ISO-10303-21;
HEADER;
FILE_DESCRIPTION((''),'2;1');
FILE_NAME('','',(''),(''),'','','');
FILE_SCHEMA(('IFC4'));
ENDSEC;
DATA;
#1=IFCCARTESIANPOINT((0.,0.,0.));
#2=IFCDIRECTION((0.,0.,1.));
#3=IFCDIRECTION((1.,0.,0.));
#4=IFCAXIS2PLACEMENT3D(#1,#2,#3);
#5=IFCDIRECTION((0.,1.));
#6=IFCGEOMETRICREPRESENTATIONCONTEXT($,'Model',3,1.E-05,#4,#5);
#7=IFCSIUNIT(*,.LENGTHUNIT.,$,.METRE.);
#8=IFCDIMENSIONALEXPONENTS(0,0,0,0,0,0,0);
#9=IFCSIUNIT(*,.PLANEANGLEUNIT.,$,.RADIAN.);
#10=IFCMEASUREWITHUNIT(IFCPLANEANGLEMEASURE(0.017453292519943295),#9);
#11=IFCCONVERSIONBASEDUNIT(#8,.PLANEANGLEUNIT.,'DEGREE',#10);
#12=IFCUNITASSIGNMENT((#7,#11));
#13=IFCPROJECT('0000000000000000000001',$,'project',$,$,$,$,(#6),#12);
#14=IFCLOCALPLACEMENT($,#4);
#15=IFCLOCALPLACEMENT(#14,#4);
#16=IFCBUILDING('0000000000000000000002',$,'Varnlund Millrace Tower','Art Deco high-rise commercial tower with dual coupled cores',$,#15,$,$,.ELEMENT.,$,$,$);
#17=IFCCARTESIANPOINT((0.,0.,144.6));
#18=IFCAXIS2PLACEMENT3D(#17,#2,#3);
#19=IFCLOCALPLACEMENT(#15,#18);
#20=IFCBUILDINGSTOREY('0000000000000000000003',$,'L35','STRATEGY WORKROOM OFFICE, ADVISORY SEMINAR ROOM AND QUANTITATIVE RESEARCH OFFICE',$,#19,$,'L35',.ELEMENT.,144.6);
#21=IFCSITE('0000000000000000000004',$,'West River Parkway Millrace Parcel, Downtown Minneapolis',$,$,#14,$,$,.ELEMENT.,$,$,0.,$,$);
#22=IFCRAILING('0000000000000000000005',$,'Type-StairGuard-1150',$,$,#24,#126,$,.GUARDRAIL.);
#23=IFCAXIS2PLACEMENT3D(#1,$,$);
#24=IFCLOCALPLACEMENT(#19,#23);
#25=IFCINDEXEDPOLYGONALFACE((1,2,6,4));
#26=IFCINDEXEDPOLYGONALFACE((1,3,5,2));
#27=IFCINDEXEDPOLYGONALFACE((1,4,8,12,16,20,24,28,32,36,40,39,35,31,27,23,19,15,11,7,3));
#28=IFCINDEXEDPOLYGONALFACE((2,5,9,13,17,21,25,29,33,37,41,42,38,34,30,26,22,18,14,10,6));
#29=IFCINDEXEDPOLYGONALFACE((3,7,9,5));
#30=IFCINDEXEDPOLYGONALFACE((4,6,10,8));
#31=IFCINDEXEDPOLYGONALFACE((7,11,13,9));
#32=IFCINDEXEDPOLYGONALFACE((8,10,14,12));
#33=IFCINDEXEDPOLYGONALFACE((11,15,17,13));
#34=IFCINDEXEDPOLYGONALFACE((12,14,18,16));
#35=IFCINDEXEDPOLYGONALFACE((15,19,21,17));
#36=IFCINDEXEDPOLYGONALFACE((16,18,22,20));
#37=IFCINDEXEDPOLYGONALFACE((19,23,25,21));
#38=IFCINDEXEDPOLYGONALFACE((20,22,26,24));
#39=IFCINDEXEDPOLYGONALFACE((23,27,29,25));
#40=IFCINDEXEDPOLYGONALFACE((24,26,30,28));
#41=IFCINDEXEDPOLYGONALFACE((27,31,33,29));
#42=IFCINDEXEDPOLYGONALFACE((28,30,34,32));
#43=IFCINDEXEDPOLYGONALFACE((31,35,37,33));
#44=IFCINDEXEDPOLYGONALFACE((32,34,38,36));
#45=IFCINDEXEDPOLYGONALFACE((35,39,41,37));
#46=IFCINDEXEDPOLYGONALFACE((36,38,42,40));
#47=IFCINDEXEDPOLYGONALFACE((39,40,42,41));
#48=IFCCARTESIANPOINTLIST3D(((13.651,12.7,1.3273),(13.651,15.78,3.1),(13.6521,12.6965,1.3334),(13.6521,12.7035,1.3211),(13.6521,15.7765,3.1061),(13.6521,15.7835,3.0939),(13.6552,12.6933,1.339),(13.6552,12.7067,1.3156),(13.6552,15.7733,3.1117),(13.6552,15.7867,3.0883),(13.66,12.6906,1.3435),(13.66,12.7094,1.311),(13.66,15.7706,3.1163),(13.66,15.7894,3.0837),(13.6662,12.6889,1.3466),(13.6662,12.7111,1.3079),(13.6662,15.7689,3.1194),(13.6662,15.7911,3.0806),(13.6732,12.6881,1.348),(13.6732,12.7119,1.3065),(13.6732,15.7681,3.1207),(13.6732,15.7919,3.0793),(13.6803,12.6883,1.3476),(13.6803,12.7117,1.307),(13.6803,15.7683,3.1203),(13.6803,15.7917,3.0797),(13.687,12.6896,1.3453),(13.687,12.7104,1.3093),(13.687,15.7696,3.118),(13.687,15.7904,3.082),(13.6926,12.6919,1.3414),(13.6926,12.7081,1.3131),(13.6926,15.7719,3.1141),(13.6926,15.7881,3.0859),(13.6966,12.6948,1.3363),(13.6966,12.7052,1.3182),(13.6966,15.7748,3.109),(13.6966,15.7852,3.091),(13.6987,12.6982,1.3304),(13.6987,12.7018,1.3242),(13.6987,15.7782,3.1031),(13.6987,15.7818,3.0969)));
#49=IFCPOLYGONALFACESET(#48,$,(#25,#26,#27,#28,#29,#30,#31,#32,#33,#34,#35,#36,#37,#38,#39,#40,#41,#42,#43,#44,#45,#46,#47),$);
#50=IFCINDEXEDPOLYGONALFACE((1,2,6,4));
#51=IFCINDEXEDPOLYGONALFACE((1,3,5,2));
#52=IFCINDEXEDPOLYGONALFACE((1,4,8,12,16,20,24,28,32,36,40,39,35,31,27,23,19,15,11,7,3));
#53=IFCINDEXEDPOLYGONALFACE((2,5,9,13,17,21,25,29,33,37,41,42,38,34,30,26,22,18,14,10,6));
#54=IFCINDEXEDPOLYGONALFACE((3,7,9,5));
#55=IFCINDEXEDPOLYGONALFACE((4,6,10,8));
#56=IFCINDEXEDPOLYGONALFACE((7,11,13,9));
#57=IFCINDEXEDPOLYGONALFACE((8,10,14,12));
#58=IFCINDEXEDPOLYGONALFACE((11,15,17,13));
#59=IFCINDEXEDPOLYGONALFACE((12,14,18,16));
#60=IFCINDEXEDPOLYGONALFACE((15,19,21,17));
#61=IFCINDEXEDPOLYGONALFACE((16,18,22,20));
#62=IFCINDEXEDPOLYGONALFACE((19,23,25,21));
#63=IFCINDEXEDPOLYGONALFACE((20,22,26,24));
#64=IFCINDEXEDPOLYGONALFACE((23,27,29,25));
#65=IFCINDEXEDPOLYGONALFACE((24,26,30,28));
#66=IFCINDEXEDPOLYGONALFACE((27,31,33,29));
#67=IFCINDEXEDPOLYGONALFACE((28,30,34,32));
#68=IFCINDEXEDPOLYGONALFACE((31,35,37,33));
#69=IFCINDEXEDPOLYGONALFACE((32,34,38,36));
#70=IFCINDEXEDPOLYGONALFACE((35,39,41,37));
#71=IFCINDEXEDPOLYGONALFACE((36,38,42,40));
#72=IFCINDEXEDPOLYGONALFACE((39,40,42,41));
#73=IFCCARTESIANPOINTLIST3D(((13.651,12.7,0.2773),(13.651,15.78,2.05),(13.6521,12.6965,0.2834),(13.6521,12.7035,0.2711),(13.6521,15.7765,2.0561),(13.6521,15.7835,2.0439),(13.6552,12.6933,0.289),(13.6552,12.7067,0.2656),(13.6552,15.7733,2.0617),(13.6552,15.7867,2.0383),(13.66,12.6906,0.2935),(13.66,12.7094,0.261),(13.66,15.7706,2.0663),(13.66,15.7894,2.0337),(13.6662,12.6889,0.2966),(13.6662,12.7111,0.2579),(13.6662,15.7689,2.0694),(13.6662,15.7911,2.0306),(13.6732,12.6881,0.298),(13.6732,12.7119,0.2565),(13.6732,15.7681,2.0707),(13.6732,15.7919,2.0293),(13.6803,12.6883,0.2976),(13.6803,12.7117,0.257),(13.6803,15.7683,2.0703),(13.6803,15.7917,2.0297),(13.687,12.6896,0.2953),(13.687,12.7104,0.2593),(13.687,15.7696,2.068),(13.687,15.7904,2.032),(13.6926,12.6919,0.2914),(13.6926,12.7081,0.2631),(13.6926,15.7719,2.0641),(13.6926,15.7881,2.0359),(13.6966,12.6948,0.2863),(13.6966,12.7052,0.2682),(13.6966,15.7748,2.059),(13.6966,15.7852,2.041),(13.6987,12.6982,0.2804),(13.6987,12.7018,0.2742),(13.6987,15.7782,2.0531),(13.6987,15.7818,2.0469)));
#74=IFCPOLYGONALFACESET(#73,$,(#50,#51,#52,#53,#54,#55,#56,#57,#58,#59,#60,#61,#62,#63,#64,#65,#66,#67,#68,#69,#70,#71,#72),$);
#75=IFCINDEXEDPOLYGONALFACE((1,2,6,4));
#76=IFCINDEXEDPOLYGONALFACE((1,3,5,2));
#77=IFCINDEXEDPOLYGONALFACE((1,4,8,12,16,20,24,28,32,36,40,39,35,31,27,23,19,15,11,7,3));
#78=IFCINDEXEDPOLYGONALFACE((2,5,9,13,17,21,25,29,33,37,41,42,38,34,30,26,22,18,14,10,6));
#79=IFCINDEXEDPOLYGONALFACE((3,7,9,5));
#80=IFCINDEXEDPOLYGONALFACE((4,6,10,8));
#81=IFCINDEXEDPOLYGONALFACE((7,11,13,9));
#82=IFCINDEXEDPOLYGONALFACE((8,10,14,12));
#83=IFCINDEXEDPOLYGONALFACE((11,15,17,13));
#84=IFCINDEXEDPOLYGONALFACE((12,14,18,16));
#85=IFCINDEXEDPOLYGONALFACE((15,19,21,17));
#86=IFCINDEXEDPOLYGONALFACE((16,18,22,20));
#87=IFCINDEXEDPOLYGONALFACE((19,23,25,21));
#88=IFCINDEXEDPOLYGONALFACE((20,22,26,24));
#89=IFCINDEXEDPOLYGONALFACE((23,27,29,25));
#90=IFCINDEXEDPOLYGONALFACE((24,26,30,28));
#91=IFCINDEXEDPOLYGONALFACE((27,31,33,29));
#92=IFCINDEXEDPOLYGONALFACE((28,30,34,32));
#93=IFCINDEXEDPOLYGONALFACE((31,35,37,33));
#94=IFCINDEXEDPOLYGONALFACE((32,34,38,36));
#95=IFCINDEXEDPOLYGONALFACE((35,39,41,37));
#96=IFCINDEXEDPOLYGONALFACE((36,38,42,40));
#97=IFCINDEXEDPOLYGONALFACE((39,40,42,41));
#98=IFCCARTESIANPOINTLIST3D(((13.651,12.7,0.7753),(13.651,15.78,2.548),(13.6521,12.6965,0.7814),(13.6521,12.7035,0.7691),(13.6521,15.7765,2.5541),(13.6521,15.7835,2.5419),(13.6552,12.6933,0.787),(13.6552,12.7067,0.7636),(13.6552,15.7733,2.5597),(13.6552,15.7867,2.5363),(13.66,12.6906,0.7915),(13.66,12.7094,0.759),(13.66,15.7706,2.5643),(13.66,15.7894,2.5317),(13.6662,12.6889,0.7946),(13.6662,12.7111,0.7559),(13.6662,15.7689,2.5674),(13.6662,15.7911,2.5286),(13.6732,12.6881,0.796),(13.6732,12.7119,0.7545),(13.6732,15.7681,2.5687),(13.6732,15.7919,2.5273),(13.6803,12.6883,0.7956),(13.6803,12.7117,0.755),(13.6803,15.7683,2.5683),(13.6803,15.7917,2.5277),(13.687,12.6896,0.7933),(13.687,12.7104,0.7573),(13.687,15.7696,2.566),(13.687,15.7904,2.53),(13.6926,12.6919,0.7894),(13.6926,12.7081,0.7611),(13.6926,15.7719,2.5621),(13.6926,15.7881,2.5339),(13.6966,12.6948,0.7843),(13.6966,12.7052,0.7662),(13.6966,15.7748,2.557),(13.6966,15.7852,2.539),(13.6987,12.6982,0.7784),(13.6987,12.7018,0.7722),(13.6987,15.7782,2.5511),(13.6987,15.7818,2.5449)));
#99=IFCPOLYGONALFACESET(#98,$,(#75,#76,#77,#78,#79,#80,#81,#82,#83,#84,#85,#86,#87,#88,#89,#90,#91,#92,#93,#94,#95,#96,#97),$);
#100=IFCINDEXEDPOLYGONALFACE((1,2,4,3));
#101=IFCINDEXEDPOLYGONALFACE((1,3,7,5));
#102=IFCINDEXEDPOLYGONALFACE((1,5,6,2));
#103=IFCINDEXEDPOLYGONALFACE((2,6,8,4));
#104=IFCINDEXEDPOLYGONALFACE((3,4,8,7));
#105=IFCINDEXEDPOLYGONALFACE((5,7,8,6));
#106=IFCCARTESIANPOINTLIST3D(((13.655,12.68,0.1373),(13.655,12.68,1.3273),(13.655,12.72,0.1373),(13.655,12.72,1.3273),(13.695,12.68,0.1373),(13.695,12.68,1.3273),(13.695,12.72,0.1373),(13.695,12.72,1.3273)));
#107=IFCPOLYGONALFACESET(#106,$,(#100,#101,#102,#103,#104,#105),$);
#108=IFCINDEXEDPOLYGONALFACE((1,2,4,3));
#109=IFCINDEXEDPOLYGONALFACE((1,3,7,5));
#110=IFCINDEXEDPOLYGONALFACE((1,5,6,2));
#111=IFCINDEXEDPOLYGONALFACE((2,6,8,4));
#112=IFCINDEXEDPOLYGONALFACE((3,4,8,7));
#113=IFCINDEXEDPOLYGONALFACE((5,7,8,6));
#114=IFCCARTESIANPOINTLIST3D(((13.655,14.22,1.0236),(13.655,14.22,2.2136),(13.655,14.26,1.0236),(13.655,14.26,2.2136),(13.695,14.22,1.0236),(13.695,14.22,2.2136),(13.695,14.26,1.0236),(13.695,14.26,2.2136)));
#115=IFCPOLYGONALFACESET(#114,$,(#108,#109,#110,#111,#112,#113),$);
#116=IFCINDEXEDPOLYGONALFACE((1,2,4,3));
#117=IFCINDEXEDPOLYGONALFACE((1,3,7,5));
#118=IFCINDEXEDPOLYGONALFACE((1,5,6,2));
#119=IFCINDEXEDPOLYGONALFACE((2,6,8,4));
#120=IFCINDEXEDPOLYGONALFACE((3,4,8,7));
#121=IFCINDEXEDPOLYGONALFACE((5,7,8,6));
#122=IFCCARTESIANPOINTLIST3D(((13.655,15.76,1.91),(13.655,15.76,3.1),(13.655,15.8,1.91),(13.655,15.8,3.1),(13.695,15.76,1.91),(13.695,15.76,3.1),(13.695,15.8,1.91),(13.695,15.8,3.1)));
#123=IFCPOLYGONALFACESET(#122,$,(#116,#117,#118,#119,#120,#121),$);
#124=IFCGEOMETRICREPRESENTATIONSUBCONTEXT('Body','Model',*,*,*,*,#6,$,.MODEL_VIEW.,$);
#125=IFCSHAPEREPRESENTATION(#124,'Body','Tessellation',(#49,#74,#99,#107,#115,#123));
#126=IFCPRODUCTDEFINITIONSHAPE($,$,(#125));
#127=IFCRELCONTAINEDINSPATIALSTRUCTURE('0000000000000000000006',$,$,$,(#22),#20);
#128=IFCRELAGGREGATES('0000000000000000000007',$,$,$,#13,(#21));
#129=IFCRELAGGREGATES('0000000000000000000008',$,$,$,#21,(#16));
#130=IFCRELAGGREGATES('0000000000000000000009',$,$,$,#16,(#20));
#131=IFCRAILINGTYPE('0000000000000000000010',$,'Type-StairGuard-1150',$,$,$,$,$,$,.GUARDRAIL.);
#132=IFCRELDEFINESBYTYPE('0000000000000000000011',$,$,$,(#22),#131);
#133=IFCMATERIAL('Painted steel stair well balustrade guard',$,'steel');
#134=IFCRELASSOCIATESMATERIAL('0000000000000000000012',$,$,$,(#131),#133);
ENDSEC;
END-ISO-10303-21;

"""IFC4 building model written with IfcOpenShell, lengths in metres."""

from ifc_helpers import new_model, entity, si_unit, converted_unit, direction, frame, origin_with_axes, origin_2d_with_axis, place, context, subcontext, project, spatial, rectangle, circle, extrude, material, type_object, element, save


model = new_model("IFC4")

# Units and contexts
model_context = context("Model", 3, precision=1e-05, world=origin_with_axes(), true_north=direction((0.0, 1.0)))
body_context = subcontext(model_context, "Body", "Model", "MODEL_VIEW")
ifc_project = project(units=[si_unit("LENGTHUNIT", "METRE"), converted_unit("PLANEANGLEUNIT", "DEGREE", entity("IfcPlaneAngleMeasure", 0.017453292519943295), si_unit("PLANEANGLEUNIT", "RADIAN"), dimensions=[0, 0, 0, 0, 0, 0, 0])], contexts=[model_context])

# Site, building, storey
site_placement = place(None, origin_with_axes())
site = spatial("IfcSite", under=ifc_project, at=site_placement, Name="West River Parkway Millrace Parcel, Downtown Minneapolis", CompositionType="ELEMENT", RefElevation=0.0)
building_placement = place(site_placement, origin_with_axes())
building = spatial("IfcBuilding", under=site, at=building_placement, Name="Varnlund Millrace Tower", Description="Art Deco high-rise commercial tower with dual coupled cores", CompositionType="ELEMENT")
storey_placement = place(building_placement, frame((0.0, 0.0, 144.6), z_axis=(0.0, 0.0, 1.0), x_axis=(1.0, 0.0, 0.0)))
storey = spatial("IfcBuildingStorey", under=building, at=storey_placement, Name="L35", Description="STRATEGY WORKROOM OFFICE, ADVISORY SEMINAR ROOM AND QUANTITATIVE RESEARCH OFFICE", LongName="L35", CompositionType="ELEMENT", Elevation=144.6)

# Railing
ifc_material_1 = material(Name="Painted steel stair well balustrade guard", Category="steel")
railing_type_1 = type_object("IfcRailingType", Name="Type-StairGuard-1150", PredefinedType="GUARDRAIL", material=ifc_material_1)
railing_1_placement = place(storey_placement, frame((0.0, 0.0, -144.6), z_axis=(0.0, 0.0, 1.0), x_axis=(1.0, 0.0, 0.0)))
element("IfcRailing", 1, at=railing_1_placement, inside=storey, type_object=railing_type_1, Name="Type-StairGuard-1150", PredefinedType="GUARDRAIL", context=body_context, shape_type="SweptSolid", body=[
    extrude(circle(Radius=0.024, at=origin_2d_with_axis()), frame((13.675, 12.7, 145.9273), z_axis=(0.0, 0.866696, 0.498836), x_axis=(-1.0, 0.0, 0.0)), (0.0, 0.0, 1.0), 3.5537),
    extrude(circle(Radius=0.024, at=origin_2d_with_axis()), frame((13.675, 12.7, 144.8773), z_axis=(0.0, 0.866696, 0.498836), x_axis=(-1.0, 0.0, 0.0)), (0.0, 0.0, 1.0), 3.5537),
    extrude(circle(Radius=0.024, at=origin_2d_with_axis()), frame((13.675, 12.7, 145.3753), z_axis=(0.0, 0.866696, 0.498836), x_axis=(-1.0, 0.0, 0.0)), (0.0, 0.0, 1.0), 3.5537),
    extrude(rectangle(XDim=0.04, YDim=0.04, at=origin_2d_with_axis()), frame((13.675, 12.7, 144.7373), z_axis=(0.0, 0.0, 1.0), x_axis=(1.0, 0.0, 0.0)), (0.0, 0.0, 1.0), 1.19),
    extrude(rectangle(XDim=0.04, YDim=0.04, at=origin_2d_with_axis()), frame((13.675, 14.24, 145.6236), z_axis=(0.0, 0.0, 1.0), x_axis=(1.0, 0.0, 0.0)), (0.0, 0.0, 1.0), 1.19),
    extrude(rectangle(XDim=0.04, YDim=0.04, at=origin_2d_with_axis()), frame((13.675, 15.78, 146.51), z_axis=(0.0, 0.0, 1.0), x_axis=(1.0, 0.0, 0.0)), (0.0, 0.0, 1.0), 1.19),
])

save(model, "model.ifc")
